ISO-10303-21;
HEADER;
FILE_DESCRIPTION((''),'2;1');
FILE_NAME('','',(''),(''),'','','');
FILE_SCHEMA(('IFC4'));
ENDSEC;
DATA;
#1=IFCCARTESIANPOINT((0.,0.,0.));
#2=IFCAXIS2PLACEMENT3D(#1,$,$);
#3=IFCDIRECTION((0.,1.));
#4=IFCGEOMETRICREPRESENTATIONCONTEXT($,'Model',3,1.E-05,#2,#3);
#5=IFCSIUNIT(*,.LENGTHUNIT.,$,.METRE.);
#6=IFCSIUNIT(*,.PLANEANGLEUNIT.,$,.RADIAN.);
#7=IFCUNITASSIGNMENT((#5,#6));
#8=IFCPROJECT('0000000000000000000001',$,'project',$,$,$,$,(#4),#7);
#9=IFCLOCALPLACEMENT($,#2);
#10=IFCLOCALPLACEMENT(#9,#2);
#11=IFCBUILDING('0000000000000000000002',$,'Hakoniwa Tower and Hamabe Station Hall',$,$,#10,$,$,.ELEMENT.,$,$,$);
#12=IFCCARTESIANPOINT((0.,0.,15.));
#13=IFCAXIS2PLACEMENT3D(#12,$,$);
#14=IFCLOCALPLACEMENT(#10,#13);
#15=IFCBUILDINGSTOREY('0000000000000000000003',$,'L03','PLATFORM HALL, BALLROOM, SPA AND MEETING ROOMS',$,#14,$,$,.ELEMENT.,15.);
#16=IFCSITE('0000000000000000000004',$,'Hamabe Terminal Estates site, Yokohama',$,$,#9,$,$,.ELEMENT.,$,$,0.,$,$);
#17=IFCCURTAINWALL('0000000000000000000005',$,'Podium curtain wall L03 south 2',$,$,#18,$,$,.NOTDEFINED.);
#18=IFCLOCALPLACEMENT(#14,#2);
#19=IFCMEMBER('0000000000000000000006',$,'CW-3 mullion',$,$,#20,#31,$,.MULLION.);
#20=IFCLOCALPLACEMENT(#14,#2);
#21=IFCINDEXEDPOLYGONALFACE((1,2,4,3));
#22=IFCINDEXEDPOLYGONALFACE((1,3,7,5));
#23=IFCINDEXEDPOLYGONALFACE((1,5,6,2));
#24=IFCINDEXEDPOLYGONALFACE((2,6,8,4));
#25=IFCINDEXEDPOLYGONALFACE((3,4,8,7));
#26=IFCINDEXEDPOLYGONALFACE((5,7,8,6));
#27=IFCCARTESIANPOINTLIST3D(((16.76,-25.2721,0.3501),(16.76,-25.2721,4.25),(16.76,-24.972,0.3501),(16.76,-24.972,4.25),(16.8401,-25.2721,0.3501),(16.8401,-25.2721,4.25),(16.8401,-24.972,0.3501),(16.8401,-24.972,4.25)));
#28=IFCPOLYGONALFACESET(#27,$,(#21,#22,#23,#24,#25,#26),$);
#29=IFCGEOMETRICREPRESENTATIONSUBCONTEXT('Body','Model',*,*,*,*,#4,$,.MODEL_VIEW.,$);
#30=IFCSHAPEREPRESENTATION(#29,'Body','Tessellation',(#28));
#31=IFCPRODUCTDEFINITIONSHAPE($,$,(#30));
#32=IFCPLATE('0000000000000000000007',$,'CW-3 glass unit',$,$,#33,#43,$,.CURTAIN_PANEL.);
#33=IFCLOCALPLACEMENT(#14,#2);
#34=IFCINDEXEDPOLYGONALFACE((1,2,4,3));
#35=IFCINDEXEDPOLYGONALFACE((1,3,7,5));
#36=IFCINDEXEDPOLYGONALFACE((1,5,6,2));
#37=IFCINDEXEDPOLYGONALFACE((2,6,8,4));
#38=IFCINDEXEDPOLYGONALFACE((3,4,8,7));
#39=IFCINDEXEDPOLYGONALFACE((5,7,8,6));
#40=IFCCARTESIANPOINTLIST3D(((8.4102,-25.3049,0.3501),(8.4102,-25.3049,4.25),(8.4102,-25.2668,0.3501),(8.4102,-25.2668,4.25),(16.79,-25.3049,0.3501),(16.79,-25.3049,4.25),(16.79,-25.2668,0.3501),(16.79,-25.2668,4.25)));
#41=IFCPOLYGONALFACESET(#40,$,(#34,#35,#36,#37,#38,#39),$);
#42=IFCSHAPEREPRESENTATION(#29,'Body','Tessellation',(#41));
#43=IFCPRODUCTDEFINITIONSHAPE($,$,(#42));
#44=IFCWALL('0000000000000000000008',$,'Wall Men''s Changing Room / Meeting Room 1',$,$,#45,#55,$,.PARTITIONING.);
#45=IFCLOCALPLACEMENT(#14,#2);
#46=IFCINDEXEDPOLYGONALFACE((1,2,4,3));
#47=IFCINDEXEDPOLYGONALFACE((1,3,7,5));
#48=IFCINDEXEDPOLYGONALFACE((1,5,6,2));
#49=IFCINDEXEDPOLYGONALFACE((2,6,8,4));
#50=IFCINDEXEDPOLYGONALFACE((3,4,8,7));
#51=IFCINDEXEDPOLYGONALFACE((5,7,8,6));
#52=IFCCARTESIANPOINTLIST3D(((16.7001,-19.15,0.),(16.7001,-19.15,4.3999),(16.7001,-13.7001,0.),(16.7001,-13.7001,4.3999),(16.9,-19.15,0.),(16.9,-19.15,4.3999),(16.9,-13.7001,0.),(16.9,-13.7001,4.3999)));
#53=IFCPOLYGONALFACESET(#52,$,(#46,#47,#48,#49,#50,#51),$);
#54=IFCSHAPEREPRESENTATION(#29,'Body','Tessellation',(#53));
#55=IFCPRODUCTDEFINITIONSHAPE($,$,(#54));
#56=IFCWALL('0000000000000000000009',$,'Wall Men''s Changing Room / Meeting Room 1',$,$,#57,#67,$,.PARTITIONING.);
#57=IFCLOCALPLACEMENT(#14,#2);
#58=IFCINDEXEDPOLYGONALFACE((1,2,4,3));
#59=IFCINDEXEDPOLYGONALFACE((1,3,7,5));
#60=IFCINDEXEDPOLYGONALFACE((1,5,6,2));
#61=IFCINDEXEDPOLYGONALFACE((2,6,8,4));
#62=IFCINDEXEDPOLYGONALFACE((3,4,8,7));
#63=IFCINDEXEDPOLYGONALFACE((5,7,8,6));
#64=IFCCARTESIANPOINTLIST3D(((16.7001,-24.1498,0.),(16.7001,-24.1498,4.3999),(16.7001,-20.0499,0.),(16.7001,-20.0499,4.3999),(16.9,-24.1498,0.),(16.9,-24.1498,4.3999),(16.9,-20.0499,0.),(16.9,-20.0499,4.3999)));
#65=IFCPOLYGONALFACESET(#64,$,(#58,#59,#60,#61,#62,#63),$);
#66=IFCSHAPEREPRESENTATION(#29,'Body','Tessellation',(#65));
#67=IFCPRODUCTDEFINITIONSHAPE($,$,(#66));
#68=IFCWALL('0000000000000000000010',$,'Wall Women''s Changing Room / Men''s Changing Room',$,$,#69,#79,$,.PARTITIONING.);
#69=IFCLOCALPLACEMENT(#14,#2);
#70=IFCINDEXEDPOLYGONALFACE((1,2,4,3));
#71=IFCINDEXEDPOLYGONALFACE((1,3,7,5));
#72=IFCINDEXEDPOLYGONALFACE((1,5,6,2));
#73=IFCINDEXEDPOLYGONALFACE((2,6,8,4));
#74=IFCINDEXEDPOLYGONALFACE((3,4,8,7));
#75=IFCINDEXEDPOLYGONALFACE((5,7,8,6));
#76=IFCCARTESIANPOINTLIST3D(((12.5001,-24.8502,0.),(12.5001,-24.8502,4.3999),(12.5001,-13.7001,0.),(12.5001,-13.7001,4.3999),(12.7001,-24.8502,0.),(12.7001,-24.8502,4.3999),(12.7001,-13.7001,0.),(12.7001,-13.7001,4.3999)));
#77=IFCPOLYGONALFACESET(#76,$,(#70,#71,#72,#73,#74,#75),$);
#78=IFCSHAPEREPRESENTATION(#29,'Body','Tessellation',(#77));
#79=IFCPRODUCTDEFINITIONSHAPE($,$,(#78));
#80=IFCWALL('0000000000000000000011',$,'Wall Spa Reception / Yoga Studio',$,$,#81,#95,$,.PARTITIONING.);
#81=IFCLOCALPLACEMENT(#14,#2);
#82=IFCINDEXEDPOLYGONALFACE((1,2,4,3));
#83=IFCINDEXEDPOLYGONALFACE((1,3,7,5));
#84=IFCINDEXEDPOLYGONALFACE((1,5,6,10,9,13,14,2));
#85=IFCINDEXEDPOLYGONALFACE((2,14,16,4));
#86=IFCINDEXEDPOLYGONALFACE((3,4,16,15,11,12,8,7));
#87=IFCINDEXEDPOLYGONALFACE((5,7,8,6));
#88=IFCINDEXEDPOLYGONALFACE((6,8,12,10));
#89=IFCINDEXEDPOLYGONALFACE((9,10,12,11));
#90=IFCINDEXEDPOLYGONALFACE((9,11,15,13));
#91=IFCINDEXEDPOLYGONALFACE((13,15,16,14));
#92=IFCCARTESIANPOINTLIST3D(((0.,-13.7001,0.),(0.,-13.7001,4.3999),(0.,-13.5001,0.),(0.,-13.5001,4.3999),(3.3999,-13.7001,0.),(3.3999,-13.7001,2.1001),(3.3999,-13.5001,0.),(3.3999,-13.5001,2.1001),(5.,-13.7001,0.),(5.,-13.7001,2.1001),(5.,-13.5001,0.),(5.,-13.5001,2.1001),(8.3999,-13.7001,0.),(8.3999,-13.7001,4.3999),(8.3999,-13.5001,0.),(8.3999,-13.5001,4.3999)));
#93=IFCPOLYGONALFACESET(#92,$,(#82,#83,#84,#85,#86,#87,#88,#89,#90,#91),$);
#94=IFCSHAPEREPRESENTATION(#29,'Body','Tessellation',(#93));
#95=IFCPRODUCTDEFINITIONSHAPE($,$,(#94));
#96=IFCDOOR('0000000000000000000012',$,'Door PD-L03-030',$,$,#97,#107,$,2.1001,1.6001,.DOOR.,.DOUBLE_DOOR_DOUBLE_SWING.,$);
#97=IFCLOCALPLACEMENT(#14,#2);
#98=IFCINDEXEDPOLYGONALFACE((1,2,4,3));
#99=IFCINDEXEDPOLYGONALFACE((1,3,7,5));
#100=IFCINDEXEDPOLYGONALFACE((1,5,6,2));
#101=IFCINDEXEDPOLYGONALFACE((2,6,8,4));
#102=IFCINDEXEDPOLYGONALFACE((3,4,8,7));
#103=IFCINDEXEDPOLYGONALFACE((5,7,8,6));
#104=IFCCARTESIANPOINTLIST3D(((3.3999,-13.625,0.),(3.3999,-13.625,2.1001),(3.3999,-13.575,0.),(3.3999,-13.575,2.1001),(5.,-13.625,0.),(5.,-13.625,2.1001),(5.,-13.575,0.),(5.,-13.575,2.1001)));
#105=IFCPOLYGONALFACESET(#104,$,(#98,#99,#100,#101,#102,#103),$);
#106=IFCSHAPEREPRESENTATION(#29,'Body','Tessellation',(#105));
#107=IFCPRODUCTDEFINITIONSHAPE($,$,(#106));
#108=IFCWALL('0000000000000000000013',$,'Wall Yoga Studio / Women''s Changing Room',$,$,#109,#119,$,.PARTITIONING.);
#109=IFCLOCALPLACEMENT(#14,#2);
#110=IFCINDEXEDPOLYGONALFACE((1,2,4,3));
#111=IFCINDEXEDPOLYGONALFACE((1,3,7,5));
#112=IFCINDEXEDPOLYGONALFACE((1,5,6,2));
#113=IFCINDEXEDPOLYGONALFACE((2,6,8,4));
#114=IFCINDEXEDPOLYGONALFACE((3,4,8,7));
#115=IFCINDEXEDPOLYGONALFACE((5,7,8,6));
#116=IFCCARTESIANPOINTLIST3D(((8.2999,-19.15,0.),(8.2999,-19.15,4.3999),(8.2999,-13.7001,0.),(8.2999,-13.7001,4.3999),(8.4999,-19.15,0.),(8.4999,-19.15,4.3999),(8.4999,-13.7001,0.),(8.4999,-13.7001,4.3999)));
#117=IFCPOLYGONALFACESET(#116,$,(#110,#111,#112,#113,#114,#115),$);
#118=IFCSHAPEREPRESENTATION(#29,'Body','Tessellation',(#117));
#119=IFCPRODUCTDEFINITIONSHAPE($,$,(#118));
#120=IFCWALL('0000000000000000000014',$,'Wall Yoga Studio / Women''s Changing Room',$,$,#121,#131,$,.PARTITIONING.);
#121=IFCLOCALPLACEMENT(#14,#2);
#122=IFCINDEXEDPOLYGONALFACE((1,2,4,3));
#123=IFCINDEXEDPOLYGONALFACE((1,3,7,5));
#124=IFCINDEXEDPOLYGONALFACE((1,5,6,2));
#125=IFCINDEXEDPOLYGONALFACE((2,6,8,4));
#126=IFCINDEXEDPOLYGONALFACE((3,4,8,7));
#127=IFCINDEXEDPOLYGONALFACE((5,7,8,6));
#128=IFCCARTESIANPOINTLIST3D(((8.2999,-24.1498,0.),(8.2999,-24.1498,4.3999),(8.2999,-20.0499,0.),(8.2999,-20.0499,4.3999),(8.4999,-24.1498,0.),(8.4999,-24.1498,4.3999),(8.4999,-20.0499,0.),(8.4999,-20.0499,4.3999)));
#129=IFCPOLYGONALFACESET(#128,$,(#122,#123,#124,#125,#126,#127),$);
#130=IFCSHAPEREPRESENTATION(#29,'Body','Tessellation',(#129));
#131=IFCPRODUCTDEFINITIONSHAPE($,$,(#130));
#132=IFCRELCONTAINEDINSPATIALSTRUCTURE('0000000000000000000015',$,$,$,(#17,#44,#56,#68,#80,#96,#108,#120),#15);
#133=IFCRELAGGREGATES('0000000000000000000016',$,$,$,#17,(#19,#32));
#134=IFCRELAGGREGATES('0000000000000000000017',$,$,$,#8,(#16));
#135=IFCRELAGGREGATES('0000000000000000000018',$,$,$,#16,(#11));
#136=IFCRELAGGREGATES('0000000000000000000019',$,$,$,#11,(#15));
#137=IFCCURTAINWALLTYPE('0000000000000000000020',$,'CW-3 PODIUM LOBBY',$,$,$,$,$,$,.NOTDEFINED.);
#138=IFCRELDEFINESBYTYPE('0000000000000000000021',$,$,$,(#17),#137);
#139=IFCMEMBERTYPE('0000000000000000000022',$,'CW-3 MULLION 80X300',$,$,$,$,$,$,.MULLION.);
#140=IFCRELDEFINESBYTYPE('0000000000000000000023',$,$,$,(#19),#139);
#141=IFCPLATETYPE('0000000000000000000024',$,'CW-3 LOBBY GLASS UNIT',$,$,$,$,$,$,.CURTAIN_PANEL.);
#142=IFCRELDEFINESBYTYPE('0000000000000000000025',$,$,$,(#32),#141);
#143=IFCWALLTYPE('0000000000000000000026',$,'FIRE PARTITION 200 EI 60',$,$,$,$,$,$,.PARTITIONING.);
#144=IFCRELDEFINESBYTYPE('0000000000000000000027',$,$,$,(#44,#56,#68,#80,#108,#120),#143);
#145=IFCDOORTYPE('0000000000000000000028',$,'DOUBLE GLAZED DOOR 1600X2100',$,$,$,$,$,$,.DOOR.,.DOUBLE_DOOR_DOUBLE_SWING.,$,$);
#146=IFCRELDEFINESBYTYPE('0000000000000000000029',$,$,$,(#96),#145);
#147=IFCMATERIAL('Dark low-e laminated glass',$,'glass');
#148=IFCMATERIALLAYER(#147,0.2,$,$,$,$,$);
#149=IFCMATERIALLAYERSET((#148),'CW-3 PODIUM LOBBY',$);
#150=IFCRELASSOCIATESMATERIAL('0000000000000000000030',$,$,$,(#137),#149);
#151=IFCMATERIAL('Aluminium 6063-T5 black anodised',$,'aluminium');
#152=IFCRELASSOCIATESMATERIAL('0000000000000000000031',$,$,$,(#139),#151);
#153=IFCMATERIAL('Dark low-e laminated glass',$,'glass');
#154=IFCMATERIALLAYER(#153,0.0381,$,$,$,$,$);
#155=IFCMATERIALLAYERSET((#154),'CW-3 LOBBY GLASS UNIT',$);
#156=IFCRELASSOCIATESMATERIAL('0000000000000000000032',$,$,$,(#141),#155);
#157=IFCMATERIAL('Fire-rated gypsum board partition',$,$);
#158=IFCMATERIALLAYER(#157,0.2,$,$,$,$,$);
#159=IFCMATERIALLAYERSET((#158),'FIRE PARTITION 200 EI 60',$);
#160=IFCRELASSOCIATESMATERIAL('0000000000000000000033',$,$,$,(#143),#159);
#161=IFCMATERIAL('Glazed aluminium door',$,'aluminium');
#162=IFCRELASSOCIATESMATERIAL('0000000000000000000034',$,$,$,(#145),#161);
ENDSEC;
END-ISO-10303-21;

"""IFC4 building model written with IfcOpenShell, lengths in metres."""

from ifc_helpers import new_model, si_unit, direction, frame, frame_2d, origin, origin_2d, place, context, subcontext, project, spatial, rectangle, extrude, material, layer, layer_set, material_profile, profile_set, type_object, element, fill, aggregate, save


model = new_model("IFC4")

# Units and contexts
model_context = context("Model", 3, precision=1e-05, world=origin(), true_north=direction((0.0, 1.0)))
body_context = subcontext(model_context, "Body", "Model", "MODEL_VIEW")
ifc_project = project(units=[si_unit("LENGTHUNIT", "METRE"), si_unit("PLANEANGLEUNIT", "RADIAN")], contexts=[model_context])

# Site, building, storey
site_placement = place(None, origin())
site = spatial("IfcSite", under=ifc_project, at=site_placement, Name="Hamabe Terminal Estates site, Yokohama", CompositionType="ELEMENT", RefElevation=0.0)
building_placement = place(site_placement, origin())
building = spatial("IfcBuilding", under=site, at=building_placement, Name="Hakoniwa Tower and Hamabe Station Hall", CompositionType="ELEMENT")
storey_placement = place(building_placement, frame((0.0, 0.0, 15.0)))
storey = spatial("IfcBuildingStorey", under=building, at=storey_placement, Name="L03", Description="PLATFORM HALL, BALLROOM, SPA AND MEETING ROOMS", CompositionType="ELEMENT", Elevation=15.0)

# Curtain wall, member, plate
ifc_material_1 = material(Name="Dark low-e laminated glass", Category="glass")
ifc_layer_1 = layer(ifc_material_1, 0.2)
ifc_layer_set_1 = layer_set([ifc_layer_1], Name="CW-3 PODIUM LOBBY")
curtain_wall_type = type_object("IfcCurtainWallType", Name="CW-3 PODIUM LOBBY", PredefinedType="NOTDEFINED", material=ifc_layer_set_1)
curtain_wall_placement = place(storey_placement, origin())
curtain_wall = element("IfcCurtainWall", 1, at=curtain_wall_placement, inside=storey, type_object=curtain_wall_type, Name="Podium curtain wall L03 south 2", PredefinedType="NOTDEFINED")
ifc_material_2 = material(Name="Aluminium 6063-T5 black anodised", Category="aluminium")
ifc_material_profile_1 = material_profile(ifc_material_2, rectangle(XDim=0.0801, YDim=0.3, at=origin_2d()), Name="CW-3 MULLION 80X300")
ifc_profile_set_1 = profile_set([ifc_material_profile_1], Name="Aluminium 6063-T5 black anodised")
member_type = type_object("IfcMemberType", Name="CW-3 MULLION 80X300", PredefinedType="MULLION", material=ifc_profile_set_1)
member_1_placement = place(storey_placement, frame((16.8, -25.1221, 0.3501), z_axis=(0.0, 0.0, 1.0), x_axis=(1.0, 0.0, 0.0)))
member_1 = element("IfcMember", 2, at=member_1_placement, type_object=member_type, Name="CW-3 mullion", PredefinedType="MULLION", context=body_context, shape_type="SweptSolid", body=[
    extrude(rectangle(XDim=0.0801, YDim=0.3, at=origin_2d()), origin(), (0.0, 0.0, 1.0), 3.8999),
])
ifc_material_3 = material(Name="Dark low-e laminated glass", Category="glass")
ifc_layer_2 = layer(ifc_material_3, 0.0381)
ifc_layer_set_2 = layer_set([ifc_layer_2], Name="CW-3 LOBBY GLASS UNIT")
plate_type = type_object("IfcPlateType", Name="CW-3 LOBBY GLASS UNIT", PredefinedType="CURTAIN_PANEL", material=ifc_layer_set_2)
plate_placement = place(storey_placement, frame((12.6001, -25.2859, 0.3501), z_axis=(0.0, 0.0, 1.0), x_axis=(1.0, 0.0, 0.0)))
plate = element("IfcPlate", 3, at=plate_placement, type_object=plate_type, Name="CW-3 glass unit", PredefinedType="CURTAIN_PANEL", context=body_context, shape_type="SweptSolid", body=[
    extrude(rectangle(XDim=8.3799, YDim=0.0381, at=origin_2d()), origin(), (0.0, 0.0, 1.0), 3.8999),
])
aggregate(curtain_wall, [member_1, plate])

# Walls
ifc_material_4 = material(Name="Fire-rated gypsum board partition")
ifc_layer_3 = layer(ifc_material_4, 0.2)
ifc_layer_set_3 = layer_set([ifc_layer_3], Name="FIRE PARTITION 200 EI 60")
wall_type = type_object("IfcWallType", Name="FIRE PARTITION 200 EI 60", PredefinedType="PARTITIONING", material=ifc_layer_set_3)
wall_1_placement = place(storey_placement, frame((16.8, -13.7, 0.0), z_axis=(0.0, 0.0, 1.0), x_axis=(0.0, -1.0, 0.0)))
element("IfcWall", 4, at=wall_1_placement, inside=storey, type_object=wall_type, Name="Wall Men's Changing Room / Meeting Room 1", PredefinedType="PARTITIONING", context=body_context, shape_type="SweptSolid", body=[
    extrude(rectangle(XDim=5.45, YDim=0.2, at=frame_2d((2.7251, 0.0))), origin(), (0.0, 0.0, 1.0), 4.3999),
])
wall_2_placement = place(storey_placement, frame((16.8, -20.05, 0.0), z_axis=(0.0, 0.0, 1.0), x_axis=(0.0, -1.0, 0.0)))
element("IfcWall", 5, at=wall_2_placement, inside=storey, type_object=wall_type, Name="Wall Men's Changing Room / Meeting Room 1", PredefinedType="PARTITIONING", context=body_context, shape_type="SweptSolid", body=[
    extrude(rectangle(XDim=4.0999, YDim=0.2, at=frame_2d((2.0498, 0.0))), origin(), (0.0, 0.0, 1.0), 4.3999),
])
wall_3_placement = place(storey_placement, frame((12.6001, -13.7, 0.0), z_axis=(0.0, 0.0, 1.0), x_axis=(0.0, -1.0, 0.0)))
element("IfcWall", 6, at=wall_3_placement, inside=storey, type_object=wall_type, Name="Wall Women's Changing Room / Men's Changing Room", PredefinedType="PARTITIONING", context=body_context, shape_type="SweptSolid", body=[
    extrude(rectangle(XDim=11.1501, YDim=0.2, at=frame_2d((5.5752, 0.0))), origin(), (0.0, 0.0, 1.0), 4.3999),
])

# Wall, opening, door
wall_4_placement = place(storey_placement, frame((8.3999, -13.6001, 0.0), z_axis=(0.0, 0.0, 1.0), x_axis=(-1.0, 0.0, 0.0)))
wall_4 = element("IfcWall", 7, at=wall_4_placement, inside=storey, type_object=wall_type, Name="Wall Spa Reception / Yoga Studio", PredefinedType="PARTITIONING", context=body_context, shape_type="SweptSolid", body=[
    extrude(rectangle(XDim=8.3999, YDim=0.2, at=frame_2d((4.2, 0.0))), origin(), (0.0, 0.0, 1.0), 4.3999),
])
opening_placement = place(wall_4_placement, frame((3.3999, 0.0, 0.0)))
opening = element("IfcOpeningElement", 8, at=opening_placement, cuts=wall_4, PredefinedType="OPENING", context=body_context, shape_type="SweptSolid", body=[
    extrude(rectangle(XDim=1.6001, YDim=2.1001, at=frame_2d((0.8, 1.05))), frame((0.0, 0.1099, 0.0), z_axis=(0.0, -1.0, 0.0), x_axis=(1.0, 0.0, 0.0)), (0.0, 0.0, 1.0), 0.22),
])
ifc_material_5 = material(Name="Glazed aluminium door", Category="aluminium")
door_type = type_object("IfcDoorType", Name="DOUBLE GLAZED DOOR 1600X2100", OperationType="DOUBLE_DOOR_DOUBLE_SWING", PredefinedType="DOOR", material=ifc_material_5)
door_placement = place(opening_placement, origin())
door = element("IfcDoor", 9, at=door_placement, inside=storey, type_object=door_type, Name="Door PD-L03-030", OperationType="DOUBLE_DOOR_DOUBLE_SWING", OverallHeight=2.1001, OverallWidth=1.6001, PredefinedType="DOOR", context=body_context, shape_type="SweptSolid", body=[
    extrude(rectangle(XDim=1.6001, YDim=2.1001, at=frame_2d((0.8, 1.05))), frame((0.0, 0.0249, 0.0), z_axis=(0.0, -1.0, 0.0), x_axis=(1.0, 0.0, 0.0)), (0.0, 0.0, 1.0), 0.05),
])
fill(opening, door)

# Walls
wall_5_placement = place(storey_placement, frame((8.3999, -13.7, 0.0), z_axis=(0.0, 0.0, 1.0), x_axis=(0.0, -1.0, 0.0)))
element("IfcWall", 10, at=wall_5_placement, inside=storey, type_object=wall_type, Name="Wall Yoga Studio / Women's Changing Room", PredefinedType="PARTITIONING", context=body_context, shape_type="SweptSolid", body=[
    extrude(rectangle(XDim=5.45, YDim=0.2, at=frame_2d((2.7251, 0.0))), origin(), (0.0, 0.0, 1.0), 4.3999),
])
wall_6_placement = place(storey_placement, frame((8.3999, -20.05, 0.0), z_axis=(0.0, 0.0, 1.0), x_axis=(0.0, -1.0, 0.0)))
element("IfcWall", 11, at=wall_6_placement, inside=storey, type_object=wall_type, Name="Wall Yoga Studio / Women's Changing Room", PredefinedType="PARTITIONING", context=body_context, shape_type="SweptSolid", body=[
    extrude(rectangle(XDim=4.0999, YDim=0.2, at=frame_2d((2.0498, 0.0))), origin(), (0.0, 0.0, 1.0), 4.3999),
])

save(model, "model.ifc")
